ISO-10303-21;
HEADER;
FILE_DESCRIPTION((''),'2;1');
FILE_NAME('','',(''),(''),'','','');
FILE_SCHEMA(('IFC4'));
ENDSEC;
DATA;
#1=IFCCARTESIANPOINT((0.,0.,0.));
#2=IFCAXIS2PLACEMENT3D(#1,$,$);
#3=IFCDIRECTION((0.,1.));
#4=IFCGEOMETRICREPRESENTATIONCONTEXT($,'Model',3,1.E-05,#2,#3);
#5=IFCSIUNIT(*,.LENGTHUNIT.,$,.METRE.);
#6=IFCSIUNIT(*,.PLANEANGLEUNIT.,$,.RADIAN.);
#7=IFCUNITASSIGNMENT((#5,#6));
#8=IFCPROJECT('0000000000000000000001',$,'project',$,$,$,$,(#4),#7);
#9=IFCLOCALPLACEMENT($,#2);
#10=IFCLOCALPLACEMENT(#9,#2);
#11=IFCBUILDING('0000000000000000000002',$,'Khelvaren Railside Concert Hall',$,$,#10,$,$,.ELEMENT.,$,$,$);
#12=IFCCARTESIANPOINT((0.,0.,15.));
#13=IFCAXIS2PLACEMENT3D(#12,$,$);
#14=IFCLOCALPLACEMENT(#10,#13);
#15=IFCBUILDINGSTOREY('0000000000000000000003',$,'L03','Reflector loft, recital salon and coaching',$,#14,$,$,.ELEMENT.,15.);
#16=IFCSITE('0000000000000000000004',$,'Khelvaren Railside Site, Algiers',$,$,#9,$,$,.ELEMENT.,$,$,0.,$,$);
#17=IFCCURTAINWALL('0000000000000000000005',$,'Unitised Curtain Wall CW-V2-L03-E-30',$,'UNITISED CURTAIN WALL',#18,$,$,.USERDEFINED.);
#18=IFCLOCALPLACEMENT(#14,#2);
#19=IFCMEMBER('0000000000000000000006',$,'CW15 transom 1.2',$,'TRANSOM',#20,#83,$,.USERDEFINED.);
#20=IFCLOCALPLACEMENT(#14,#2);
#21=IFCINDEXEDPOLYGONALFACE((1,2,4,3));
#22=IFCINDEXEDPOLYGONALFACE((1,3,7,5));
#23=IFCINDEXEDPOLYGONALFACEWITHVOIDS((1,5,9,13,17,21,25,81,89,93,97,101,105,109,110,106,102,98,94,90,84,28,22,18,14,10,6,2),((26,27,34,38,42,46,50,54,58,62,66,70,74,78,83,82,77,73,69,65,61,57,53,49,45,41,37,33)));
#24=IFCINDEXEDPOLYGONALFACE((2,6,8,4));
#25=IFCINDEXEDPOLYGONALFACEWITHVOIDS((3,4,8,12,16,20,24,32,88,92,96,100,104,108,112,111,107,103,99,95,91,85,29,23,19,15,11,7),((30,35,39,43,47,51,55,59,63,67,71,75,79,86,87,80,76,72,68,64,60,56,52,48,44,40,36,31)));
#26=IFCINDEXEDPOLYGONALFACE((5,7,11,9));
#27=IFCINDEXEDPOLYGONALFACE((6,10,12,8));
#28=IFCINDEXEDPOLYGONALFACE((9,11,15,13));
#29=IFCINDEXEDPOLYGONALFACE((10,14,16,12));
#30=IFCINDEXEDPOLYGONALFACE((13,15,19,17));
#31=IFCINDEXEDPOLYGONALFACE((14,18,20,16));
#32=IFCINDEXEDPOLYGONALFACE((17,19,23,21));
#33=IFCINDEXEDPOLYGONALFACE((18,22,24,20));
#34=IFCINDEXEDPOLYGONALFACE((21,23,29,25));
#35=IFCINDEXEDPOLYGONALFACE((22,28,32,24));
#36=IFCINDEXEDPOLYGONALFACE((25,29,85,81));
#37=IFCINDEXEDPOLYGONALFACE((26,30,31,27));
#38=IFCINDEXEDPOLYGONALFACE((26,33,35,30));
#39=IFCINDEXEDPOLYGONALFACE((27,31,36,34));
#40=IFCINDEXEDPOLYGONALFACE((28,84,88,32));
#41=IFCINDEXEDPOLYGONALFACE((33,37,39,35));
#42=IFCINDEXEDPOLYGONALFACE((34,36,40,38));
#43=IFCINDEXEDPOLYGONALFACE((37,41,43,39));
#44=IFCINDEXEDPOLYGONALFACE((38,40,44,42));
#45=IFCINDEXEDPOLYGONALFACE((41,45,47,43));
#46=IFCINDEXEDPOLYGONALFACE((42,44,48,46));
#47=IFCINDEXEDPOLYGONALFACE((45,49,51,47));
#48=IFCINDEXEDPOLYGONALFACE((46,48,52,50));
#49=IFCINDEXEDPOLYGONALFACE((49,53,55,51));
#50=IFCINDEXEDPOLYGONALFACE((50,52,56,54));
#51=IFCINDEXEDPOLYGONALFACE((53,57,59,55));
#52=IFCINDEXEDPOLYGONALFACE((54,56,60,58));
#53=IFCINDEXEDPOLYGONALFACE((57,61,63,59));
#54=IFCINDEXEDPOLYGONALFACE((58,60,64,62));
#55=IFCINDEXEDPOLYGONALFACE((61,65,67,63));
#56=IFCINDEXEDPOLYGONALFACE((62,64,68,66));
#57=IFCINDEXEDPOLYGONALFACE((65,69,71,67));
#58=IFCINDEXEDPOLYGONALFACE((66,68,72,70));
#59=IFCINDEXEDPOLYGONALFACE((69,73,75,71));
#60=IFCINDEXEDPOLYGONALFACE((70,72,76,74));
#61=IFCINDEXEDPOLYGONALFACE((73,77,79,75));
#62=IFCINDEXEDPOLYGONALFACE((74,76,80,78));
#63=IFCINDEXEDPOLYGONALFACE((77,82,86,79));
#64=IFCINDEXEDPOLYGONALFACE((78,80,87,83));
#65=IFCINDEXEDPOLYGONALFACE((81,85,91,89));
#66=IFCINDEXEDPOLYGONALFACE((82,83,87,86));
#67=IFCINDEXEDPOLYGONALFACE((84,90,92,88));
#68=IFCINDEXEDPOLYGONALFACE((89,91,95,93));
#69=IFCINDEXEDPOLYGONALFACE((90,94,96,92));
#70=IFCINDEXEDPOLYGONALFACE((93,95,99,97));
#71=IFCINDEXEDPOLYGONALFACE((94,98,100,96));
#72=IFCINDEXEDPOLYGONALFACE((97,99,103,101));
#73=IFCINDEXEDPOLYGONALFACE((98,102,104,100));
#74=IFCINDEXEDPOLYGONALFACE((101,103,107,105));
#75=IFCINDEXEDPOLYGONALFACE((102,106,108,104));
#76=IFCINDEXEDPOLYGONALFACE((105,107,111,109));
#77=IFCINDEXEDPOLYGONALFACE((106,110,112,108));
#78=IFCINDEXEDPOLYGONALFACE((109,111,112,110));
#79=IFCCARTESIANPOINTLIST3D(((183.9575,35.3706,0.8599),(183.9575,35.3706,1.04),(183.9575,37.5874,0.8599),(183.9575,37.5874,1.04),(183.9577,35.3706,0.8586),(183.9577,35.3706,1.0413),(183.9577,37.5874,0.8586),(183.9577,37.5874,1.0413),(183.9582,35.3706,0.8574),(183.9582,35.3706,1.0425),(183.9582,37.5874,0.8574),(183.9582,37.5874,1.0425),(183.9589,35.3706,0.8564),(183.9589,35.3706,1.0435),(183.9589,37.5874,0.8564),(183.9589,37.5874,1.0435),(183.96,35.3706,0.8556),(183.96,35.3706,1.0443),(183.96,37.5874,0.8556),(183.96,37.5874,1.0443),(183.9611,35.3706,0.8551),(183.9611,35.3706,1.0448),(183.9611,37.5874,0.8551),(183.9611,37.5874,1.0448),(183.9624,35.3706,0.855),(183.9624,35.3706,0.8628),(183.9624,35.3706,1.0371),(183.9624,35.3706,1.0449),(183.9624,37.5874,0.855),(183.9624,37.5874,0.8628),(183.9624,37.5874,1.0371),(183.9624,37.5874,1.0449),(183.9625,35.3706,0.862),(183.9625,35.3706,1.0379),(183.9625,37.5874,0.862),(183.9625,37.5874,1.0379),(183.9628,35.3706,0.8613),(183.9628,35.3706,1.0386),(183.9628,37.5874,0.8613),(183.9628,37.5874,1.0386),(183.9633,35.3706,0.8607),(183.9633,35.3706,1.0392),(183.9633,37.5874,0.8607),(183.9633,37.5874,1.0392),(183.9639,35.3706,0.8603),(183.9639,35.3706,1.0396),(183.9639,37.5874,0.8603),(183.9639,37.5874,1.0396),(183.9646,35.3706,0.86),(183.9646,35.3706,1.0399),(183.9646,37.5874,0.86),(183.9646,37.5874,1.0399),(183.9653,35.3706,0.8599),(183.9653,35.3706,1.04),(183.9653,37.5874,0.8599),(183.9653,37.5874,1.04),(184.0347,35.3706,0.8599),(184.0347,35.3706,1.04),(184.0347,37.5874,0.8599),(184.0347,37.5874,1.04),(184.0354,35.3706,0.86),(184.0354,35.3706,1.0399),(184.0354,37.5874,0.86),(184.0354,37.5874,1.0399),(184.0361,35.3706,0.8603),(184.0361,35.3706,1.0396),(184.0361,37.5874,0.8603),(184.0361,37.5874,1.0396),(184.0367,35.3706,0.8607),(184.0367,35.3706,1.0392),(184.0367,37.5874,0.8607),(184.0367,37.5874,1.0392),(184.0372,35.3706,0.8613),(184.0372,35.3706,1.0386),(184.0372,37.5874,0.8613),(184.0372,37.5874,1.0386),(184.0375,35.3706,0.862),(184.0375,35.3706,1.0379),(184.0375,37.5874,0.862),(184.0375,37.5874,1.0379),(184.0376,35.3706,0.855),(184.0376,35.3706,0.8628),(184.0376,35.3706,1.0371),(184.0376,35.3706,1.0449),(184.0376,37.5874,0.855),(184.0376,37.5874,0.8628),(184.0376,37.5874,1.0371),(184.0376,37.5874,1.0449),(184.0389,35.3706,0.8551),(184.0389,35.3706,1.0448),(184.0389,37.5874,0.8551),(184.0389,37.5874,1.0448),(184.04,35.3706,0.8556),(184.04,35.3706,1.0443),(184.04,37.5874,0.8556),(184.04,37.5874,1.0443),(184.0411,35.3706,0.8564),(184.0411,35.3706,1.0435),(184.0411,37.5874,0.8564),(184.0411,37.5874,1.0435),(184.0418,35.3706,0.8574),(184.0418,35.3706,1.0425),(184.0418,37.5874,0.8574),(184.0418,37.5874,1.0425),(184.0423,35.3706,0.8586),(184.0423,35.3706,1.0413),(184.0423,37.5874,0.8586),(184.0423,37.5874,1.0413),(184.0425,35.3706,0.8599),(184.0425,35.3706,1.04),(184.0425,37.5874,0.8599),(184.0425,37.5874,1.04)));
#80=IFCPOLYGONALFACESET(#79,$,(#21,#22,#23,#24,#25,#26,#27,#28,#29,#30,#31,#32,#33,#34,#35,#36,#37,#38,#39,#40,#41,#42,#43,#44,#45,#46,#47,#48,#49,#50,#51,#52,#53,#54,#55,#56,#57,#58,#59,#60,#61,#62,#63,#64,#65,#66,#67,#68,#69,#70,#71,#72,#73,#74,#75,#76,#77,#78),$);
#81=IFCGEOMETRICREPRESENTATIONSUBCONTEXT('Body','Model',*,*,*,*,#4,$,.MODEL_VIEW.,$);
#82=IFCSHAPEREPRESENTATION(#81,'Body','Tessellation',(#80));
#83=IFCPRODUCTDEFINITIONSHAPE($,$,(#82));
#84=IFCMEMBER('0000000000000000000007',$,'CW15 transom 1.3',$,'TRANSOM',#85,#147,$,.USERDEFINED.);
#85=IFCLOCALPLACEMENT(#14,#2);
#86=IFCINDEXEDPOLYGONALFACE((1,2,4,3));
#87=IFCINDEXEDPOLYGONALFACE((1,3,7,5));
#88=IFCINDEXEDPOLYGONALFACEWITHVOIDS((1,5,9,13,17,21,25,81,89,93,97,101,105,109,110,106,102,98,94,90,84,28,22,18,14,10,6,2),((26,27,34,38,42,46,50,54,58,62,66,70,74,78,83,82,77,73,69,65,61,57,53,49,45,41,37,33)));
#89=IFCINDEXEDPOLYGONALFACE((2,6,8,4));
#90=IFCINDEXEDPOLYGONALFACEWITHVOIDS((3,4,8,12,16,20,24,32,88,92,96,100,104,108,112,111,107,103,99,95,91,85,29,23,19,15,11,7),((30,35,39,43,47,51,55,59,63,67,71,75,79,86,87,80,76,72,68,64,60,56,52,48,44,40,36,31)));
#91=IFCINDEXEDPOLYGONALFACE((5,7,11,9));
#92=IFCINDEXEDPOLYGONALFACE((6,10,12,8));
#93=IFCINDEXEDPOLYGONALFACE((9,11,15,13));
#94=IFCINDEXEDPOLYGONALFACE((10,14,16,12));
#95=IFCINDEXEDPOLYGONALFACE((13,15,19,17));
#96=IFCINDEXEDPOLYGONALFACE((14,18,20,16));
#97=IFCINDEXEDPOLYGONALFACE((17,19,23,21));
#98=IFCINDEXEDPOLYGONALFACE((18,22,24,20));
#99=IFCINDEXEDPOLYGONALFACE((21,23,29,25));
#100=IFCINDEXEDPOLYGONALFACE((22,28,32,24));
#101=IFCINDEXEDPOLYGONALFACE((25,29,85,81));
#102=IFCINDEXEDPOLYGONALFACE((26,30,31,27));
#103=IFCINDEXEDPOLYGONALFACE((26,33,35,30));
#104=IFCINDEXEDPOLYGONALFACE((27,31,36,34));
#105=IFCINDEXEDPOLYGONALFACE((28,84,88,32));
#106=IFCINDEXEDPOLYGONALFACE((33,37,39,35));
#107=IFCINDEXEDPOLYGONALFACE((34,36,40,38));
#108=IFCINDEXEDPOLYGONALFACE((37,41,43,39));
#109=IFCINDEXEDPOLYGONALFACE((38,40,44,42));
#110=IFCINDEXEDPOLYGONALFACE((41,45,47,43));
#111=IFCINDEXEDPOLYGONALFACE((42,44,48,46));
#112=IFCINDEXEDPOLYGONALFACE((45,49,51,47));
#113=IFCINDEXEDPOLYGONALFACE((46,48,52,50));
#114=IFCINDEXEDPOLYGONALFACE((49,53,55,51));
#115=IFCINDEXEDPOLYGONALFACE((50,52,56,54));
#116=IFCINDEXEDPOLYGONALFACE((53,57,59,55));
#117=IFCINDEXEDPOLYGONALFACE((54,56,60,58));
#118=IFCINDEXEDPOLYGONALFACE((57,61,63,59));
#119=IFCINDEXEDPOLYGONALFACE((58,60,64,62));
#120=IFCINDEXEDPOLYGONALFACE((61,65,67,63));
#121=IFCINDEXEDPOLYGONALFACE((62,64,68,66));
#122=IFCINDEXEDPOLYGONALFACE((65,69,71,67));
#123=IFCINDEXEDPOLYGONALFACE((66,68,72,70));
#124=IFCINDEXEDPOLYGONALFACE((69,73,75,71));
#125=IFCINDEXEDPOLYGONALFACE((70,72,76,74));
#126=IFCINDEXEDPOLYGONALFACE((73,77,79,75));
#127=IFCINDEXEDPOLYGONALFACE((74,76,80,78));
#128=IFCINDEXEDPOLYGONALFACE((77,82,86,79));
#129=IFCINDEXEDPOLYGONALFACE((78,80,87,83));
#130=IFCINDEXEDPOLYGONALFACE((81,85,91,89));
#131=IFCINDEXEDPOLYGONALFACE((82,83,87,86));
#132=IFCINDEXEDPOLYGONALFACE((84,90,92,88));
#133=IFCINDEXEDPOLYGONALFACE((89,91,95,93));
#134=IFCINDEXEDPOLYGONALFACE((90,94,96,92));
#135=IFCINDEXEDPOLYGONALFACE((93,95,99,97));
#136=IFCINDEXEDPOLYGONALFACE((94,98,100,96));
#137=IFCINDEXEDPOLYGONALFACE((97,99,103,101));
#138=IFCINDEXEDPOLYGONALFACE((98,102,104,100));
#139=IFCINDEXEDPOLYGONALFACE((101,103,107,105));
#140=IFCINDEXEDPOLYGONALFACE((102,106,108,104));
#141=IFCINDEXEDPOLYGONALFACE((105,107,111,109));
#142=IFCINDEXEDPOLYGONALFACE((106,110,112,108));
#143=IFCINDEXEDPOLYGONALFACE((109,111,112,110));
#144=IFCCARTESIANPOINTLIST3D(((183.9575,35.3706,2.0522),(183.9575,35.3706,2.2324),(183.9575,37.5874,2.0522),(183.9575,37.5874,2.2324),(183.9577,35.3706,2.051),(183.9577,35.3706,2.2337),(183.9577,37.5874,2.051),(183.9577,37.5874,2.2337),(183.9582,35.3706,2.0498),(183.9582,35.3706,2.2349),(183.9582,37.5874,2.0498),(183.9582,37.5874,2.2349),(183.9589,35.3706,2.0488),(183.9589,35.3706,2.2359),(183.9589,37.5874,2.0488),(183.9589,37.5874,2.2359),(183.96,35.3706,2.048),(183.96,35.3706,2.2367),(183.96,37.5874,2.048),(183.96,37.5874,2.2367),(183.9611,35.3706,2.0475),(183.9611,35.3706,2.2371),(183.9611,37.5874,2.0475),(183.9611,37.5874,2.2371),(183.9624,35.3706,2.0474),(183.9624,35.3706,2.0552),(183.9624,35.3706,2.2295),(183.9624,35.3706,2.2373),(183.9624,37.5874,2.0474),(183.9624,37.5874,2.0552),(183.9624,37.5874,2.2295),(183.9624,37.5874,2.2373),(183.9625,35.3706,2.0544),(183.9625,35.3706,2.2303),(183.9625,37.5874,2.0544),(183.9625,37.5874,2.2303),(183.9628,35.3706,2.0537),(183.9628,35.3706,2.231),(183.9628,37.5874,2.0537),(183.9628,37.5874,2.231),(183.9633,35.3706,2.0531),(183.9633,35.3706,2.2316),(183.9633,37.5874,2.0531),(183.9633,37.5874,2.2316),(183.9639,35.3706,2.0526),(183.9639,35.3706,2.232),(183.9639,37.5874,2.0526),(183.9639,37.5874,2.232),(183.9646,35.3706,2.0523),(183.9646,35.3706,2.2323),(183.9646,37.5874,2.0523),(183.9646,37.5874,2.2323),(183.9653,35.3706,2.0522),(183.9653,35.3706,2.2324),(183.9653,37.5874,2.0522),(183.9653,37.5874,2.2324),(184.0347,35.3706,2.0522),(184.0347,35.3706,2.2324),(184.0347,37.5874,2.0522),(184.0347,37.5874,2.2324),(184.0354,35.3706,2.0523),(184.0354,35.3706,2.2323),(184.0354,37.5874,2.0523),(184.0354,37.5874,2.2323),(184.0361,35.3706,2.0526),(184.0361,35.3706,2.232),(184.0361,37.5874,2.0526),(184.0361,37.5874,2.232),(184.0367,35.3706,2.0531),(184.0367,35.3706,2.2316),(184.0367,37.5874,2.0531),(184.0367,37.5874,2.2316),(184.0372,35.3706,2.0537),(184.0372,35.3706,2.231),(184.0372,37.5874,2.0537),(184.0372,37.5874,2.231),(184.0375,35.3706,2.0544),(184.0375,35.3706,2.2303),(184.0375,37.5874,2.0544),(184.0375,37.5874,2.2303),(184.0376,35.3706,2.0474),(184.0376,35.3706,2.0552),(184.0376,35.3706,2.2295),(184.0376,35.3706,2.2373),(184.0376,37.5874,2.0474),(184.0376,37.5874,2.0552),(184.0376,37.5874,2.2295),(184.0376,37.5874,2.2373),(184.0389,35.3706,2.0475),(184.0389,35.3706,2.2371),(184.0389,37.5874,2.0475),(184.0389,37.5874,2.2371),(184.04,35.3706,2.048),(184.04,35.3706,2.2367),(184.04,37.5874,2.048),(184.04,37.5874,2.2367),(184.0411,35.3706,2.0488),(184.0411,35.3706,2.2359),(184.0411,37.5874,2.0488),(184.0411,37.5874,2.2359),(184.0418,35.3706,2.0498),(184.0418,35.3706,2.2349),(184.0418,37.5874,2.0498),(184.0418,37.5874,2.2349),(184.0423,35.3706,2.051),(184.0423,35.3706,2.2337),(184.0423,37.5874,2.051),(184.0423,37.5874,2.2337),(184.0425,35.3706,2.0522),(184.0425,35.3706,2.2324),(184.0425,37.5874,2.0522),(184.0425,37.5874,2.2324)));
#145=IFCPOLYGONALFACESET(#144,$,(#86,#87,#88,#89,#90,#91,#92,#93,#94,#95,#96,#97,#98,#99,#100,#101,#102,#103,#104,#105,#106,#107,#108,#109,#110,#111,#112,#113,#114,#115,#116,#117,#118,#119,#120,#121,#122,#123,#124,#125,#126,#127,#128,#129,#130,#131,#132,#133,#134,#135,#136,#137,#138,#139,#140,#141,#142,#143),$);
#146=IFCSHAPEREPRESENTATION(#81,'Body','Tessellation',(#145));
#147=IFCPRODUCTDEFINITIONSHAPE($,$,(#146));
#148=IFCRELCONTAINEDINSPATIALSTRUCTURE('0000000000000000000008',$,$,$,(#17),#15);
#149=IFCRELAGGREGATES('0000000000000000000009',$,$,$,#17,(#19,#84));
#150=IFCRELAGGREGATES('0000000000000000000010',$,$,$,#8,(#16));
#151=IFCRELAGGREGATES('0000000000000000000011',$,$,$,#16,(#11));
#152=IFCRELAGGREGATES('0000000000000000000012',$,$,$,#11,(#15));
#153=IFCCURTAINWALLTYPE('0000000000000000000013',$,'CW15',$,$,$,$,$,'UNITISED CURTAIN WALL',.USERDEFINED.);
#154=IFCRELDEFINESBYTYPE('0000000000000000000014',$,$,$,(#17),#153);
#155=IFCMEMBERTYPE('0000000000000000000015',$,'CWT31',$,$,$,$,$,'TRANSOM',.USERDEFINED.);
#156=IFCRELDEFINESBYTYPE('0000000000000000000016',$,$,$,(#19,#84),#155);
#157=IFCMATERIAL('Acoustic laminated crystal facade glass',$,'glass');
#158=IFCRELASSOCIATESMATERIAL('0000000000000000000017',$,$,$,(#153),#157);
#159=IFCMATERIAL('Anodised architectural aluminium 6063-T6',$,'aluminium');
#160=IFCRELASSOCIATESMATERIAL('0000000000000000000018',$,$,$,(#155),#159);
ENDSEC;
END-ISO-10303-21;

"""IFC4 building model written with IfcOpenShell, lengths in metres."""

from ifc_helpers import new_model, si_unit, direction, frame, origin, origin_2d, place, context, subcontext, project, spatial, hollow_rectangle, extrude, material, material_profile, profile_set, type_object, element, aggregate, save


model = new_model("IFC4")

# Units and contexts
model_context = context("Model", 3, precision=1e-05, world=origin(), true_north=direction((0.0, 1.0)))
body_context = subcontext(model_context, "Body", "Model", "MODEL_VIEW")
ifc_project = project(units=[si_unit("LENGTHUNIT", "METRE"), si_unit("PLANEANGLEUNIT", "RADIAN")], contexts=[model_context])

# Site, building, storey
site_placement = place(None, origin())
site = spatial("IfcSite", under=ifc_project, at=site_placement, Name="Khelvaren Railside Site, Algiers", CompositionType="ELEMENT", RefElevation=0.0)
building_placement = place(site_placement, origin())
building = spatial("IfcBuilding", under=site, at=building_placement, Name="Khelvaren Railside Concert Hall", CompositionType="ELEMENT")
storey_placement = place(building_placement, frame((0.0, 0.0, 15.0)))
storey = spatial("IfcBuildingStorey", under=building, at=storey_placement, Name="L03", Description="Reflector loft, recital salon and coaching", CompositionType="ELEMENT", Elevation=15.0)

# Shared definitions
ifc_material_1 = material(Name="Anodised architectural aluminium 6063-T6", Category="aluminium")

# Curtain wall, members
ifc_material_2 = material(Name="Acoustic laminated crystal facade glass", Category="glass")
curtain_wall_type_1 = type_object("IfcCurtainWallType", Name="CW15", ElementType="UNITISED CURTAIN WALL", PredefinedType="USERDEFINED", material=ifc_material_2)
curtain_wall_1_placement = place(storey_placement, origin())
curtain_wall_1 = element("IfcCurtainWall", 1, at=curtain_wall_1_placement, inside=storey, type_object=curtain_wall_type_1, Name="Unitised Curtain Wall CW-V2-L03-E-30", ObjectType="UNITISED CURTAIN WALL", PredefinedType="USERDEFINED")
ifc_material_profile_1 = material_profile(ifc_material_1, hollow_rectangle(XDim=0.085, YDim=0.1899, WallThickness=0.0049, InnerFilletRadius=0.0029, OuterFilletRadius=0.0049, at=origin_2d()), Name="CWT 85x190x5")
ifc_profile_set_1 = profile_set([ifc_material_profile_1], Name="Anodised architectural aluminium 6063-T6")
member_type_1 = type_object("IfcMemberType", Name="CWT31", ElementType="TRANSOM", PredefinedType="USERDEFINED", material=ifc_profile_set_1)
member_1_placement = place(storey_placement, frame((184.0, 37.5874, 0.95), z_axis=(0.0, -1.0, 0.0), x_axis=(1.0, 0.0, 0.0)))
member_1 = element("IfcMember", 2, at=member_1_placement, type_object=member_type_1, Name="CW15 transom 1.2", ObjectType="TRANSOM", PredefinedType="USERDEFINED", context=body_context, shape_type="SweptSolid", body=[
    extrude(hollow_rectangle(XDim=0.085, YDim=0.1899, WallThickness=0.0049, InnerFilletRadius=0.0029, OuterFilletRadius=0.0049, at=origin_2d()), origin(), (0.0, 0.0, 1.0), 2.2168),
])
member_2_placement = place(storey_placement, frame((184.0, 37.5874, 2.1423), z_axis=(0.0, -1.0, 0.0), x_axis=(1.0, 0.0, 0.0)))
member_2 = element("IfcMember", 3, at=member_2_placement, type_object=member_type_1, Name="CW15 transom 1.3", ObjectType="TRANSOM", PredefinedType="USERDEFINED", context=body_context, shape_type="SweptSolid", body=[
    extrude(hollow_rectangle(XDim=0.085, YDim=0.1899, WallThickness=0.0049, InnerFilletRadius=0.0029, OuterFilletRadius=0.0049, at=origin_2d()), origin(), (0.0, 0.0, 1.0), 2.2168),
])

aggregate(curtain_wall_1, [member_1, member_2])

save(model, "model.ifc")
